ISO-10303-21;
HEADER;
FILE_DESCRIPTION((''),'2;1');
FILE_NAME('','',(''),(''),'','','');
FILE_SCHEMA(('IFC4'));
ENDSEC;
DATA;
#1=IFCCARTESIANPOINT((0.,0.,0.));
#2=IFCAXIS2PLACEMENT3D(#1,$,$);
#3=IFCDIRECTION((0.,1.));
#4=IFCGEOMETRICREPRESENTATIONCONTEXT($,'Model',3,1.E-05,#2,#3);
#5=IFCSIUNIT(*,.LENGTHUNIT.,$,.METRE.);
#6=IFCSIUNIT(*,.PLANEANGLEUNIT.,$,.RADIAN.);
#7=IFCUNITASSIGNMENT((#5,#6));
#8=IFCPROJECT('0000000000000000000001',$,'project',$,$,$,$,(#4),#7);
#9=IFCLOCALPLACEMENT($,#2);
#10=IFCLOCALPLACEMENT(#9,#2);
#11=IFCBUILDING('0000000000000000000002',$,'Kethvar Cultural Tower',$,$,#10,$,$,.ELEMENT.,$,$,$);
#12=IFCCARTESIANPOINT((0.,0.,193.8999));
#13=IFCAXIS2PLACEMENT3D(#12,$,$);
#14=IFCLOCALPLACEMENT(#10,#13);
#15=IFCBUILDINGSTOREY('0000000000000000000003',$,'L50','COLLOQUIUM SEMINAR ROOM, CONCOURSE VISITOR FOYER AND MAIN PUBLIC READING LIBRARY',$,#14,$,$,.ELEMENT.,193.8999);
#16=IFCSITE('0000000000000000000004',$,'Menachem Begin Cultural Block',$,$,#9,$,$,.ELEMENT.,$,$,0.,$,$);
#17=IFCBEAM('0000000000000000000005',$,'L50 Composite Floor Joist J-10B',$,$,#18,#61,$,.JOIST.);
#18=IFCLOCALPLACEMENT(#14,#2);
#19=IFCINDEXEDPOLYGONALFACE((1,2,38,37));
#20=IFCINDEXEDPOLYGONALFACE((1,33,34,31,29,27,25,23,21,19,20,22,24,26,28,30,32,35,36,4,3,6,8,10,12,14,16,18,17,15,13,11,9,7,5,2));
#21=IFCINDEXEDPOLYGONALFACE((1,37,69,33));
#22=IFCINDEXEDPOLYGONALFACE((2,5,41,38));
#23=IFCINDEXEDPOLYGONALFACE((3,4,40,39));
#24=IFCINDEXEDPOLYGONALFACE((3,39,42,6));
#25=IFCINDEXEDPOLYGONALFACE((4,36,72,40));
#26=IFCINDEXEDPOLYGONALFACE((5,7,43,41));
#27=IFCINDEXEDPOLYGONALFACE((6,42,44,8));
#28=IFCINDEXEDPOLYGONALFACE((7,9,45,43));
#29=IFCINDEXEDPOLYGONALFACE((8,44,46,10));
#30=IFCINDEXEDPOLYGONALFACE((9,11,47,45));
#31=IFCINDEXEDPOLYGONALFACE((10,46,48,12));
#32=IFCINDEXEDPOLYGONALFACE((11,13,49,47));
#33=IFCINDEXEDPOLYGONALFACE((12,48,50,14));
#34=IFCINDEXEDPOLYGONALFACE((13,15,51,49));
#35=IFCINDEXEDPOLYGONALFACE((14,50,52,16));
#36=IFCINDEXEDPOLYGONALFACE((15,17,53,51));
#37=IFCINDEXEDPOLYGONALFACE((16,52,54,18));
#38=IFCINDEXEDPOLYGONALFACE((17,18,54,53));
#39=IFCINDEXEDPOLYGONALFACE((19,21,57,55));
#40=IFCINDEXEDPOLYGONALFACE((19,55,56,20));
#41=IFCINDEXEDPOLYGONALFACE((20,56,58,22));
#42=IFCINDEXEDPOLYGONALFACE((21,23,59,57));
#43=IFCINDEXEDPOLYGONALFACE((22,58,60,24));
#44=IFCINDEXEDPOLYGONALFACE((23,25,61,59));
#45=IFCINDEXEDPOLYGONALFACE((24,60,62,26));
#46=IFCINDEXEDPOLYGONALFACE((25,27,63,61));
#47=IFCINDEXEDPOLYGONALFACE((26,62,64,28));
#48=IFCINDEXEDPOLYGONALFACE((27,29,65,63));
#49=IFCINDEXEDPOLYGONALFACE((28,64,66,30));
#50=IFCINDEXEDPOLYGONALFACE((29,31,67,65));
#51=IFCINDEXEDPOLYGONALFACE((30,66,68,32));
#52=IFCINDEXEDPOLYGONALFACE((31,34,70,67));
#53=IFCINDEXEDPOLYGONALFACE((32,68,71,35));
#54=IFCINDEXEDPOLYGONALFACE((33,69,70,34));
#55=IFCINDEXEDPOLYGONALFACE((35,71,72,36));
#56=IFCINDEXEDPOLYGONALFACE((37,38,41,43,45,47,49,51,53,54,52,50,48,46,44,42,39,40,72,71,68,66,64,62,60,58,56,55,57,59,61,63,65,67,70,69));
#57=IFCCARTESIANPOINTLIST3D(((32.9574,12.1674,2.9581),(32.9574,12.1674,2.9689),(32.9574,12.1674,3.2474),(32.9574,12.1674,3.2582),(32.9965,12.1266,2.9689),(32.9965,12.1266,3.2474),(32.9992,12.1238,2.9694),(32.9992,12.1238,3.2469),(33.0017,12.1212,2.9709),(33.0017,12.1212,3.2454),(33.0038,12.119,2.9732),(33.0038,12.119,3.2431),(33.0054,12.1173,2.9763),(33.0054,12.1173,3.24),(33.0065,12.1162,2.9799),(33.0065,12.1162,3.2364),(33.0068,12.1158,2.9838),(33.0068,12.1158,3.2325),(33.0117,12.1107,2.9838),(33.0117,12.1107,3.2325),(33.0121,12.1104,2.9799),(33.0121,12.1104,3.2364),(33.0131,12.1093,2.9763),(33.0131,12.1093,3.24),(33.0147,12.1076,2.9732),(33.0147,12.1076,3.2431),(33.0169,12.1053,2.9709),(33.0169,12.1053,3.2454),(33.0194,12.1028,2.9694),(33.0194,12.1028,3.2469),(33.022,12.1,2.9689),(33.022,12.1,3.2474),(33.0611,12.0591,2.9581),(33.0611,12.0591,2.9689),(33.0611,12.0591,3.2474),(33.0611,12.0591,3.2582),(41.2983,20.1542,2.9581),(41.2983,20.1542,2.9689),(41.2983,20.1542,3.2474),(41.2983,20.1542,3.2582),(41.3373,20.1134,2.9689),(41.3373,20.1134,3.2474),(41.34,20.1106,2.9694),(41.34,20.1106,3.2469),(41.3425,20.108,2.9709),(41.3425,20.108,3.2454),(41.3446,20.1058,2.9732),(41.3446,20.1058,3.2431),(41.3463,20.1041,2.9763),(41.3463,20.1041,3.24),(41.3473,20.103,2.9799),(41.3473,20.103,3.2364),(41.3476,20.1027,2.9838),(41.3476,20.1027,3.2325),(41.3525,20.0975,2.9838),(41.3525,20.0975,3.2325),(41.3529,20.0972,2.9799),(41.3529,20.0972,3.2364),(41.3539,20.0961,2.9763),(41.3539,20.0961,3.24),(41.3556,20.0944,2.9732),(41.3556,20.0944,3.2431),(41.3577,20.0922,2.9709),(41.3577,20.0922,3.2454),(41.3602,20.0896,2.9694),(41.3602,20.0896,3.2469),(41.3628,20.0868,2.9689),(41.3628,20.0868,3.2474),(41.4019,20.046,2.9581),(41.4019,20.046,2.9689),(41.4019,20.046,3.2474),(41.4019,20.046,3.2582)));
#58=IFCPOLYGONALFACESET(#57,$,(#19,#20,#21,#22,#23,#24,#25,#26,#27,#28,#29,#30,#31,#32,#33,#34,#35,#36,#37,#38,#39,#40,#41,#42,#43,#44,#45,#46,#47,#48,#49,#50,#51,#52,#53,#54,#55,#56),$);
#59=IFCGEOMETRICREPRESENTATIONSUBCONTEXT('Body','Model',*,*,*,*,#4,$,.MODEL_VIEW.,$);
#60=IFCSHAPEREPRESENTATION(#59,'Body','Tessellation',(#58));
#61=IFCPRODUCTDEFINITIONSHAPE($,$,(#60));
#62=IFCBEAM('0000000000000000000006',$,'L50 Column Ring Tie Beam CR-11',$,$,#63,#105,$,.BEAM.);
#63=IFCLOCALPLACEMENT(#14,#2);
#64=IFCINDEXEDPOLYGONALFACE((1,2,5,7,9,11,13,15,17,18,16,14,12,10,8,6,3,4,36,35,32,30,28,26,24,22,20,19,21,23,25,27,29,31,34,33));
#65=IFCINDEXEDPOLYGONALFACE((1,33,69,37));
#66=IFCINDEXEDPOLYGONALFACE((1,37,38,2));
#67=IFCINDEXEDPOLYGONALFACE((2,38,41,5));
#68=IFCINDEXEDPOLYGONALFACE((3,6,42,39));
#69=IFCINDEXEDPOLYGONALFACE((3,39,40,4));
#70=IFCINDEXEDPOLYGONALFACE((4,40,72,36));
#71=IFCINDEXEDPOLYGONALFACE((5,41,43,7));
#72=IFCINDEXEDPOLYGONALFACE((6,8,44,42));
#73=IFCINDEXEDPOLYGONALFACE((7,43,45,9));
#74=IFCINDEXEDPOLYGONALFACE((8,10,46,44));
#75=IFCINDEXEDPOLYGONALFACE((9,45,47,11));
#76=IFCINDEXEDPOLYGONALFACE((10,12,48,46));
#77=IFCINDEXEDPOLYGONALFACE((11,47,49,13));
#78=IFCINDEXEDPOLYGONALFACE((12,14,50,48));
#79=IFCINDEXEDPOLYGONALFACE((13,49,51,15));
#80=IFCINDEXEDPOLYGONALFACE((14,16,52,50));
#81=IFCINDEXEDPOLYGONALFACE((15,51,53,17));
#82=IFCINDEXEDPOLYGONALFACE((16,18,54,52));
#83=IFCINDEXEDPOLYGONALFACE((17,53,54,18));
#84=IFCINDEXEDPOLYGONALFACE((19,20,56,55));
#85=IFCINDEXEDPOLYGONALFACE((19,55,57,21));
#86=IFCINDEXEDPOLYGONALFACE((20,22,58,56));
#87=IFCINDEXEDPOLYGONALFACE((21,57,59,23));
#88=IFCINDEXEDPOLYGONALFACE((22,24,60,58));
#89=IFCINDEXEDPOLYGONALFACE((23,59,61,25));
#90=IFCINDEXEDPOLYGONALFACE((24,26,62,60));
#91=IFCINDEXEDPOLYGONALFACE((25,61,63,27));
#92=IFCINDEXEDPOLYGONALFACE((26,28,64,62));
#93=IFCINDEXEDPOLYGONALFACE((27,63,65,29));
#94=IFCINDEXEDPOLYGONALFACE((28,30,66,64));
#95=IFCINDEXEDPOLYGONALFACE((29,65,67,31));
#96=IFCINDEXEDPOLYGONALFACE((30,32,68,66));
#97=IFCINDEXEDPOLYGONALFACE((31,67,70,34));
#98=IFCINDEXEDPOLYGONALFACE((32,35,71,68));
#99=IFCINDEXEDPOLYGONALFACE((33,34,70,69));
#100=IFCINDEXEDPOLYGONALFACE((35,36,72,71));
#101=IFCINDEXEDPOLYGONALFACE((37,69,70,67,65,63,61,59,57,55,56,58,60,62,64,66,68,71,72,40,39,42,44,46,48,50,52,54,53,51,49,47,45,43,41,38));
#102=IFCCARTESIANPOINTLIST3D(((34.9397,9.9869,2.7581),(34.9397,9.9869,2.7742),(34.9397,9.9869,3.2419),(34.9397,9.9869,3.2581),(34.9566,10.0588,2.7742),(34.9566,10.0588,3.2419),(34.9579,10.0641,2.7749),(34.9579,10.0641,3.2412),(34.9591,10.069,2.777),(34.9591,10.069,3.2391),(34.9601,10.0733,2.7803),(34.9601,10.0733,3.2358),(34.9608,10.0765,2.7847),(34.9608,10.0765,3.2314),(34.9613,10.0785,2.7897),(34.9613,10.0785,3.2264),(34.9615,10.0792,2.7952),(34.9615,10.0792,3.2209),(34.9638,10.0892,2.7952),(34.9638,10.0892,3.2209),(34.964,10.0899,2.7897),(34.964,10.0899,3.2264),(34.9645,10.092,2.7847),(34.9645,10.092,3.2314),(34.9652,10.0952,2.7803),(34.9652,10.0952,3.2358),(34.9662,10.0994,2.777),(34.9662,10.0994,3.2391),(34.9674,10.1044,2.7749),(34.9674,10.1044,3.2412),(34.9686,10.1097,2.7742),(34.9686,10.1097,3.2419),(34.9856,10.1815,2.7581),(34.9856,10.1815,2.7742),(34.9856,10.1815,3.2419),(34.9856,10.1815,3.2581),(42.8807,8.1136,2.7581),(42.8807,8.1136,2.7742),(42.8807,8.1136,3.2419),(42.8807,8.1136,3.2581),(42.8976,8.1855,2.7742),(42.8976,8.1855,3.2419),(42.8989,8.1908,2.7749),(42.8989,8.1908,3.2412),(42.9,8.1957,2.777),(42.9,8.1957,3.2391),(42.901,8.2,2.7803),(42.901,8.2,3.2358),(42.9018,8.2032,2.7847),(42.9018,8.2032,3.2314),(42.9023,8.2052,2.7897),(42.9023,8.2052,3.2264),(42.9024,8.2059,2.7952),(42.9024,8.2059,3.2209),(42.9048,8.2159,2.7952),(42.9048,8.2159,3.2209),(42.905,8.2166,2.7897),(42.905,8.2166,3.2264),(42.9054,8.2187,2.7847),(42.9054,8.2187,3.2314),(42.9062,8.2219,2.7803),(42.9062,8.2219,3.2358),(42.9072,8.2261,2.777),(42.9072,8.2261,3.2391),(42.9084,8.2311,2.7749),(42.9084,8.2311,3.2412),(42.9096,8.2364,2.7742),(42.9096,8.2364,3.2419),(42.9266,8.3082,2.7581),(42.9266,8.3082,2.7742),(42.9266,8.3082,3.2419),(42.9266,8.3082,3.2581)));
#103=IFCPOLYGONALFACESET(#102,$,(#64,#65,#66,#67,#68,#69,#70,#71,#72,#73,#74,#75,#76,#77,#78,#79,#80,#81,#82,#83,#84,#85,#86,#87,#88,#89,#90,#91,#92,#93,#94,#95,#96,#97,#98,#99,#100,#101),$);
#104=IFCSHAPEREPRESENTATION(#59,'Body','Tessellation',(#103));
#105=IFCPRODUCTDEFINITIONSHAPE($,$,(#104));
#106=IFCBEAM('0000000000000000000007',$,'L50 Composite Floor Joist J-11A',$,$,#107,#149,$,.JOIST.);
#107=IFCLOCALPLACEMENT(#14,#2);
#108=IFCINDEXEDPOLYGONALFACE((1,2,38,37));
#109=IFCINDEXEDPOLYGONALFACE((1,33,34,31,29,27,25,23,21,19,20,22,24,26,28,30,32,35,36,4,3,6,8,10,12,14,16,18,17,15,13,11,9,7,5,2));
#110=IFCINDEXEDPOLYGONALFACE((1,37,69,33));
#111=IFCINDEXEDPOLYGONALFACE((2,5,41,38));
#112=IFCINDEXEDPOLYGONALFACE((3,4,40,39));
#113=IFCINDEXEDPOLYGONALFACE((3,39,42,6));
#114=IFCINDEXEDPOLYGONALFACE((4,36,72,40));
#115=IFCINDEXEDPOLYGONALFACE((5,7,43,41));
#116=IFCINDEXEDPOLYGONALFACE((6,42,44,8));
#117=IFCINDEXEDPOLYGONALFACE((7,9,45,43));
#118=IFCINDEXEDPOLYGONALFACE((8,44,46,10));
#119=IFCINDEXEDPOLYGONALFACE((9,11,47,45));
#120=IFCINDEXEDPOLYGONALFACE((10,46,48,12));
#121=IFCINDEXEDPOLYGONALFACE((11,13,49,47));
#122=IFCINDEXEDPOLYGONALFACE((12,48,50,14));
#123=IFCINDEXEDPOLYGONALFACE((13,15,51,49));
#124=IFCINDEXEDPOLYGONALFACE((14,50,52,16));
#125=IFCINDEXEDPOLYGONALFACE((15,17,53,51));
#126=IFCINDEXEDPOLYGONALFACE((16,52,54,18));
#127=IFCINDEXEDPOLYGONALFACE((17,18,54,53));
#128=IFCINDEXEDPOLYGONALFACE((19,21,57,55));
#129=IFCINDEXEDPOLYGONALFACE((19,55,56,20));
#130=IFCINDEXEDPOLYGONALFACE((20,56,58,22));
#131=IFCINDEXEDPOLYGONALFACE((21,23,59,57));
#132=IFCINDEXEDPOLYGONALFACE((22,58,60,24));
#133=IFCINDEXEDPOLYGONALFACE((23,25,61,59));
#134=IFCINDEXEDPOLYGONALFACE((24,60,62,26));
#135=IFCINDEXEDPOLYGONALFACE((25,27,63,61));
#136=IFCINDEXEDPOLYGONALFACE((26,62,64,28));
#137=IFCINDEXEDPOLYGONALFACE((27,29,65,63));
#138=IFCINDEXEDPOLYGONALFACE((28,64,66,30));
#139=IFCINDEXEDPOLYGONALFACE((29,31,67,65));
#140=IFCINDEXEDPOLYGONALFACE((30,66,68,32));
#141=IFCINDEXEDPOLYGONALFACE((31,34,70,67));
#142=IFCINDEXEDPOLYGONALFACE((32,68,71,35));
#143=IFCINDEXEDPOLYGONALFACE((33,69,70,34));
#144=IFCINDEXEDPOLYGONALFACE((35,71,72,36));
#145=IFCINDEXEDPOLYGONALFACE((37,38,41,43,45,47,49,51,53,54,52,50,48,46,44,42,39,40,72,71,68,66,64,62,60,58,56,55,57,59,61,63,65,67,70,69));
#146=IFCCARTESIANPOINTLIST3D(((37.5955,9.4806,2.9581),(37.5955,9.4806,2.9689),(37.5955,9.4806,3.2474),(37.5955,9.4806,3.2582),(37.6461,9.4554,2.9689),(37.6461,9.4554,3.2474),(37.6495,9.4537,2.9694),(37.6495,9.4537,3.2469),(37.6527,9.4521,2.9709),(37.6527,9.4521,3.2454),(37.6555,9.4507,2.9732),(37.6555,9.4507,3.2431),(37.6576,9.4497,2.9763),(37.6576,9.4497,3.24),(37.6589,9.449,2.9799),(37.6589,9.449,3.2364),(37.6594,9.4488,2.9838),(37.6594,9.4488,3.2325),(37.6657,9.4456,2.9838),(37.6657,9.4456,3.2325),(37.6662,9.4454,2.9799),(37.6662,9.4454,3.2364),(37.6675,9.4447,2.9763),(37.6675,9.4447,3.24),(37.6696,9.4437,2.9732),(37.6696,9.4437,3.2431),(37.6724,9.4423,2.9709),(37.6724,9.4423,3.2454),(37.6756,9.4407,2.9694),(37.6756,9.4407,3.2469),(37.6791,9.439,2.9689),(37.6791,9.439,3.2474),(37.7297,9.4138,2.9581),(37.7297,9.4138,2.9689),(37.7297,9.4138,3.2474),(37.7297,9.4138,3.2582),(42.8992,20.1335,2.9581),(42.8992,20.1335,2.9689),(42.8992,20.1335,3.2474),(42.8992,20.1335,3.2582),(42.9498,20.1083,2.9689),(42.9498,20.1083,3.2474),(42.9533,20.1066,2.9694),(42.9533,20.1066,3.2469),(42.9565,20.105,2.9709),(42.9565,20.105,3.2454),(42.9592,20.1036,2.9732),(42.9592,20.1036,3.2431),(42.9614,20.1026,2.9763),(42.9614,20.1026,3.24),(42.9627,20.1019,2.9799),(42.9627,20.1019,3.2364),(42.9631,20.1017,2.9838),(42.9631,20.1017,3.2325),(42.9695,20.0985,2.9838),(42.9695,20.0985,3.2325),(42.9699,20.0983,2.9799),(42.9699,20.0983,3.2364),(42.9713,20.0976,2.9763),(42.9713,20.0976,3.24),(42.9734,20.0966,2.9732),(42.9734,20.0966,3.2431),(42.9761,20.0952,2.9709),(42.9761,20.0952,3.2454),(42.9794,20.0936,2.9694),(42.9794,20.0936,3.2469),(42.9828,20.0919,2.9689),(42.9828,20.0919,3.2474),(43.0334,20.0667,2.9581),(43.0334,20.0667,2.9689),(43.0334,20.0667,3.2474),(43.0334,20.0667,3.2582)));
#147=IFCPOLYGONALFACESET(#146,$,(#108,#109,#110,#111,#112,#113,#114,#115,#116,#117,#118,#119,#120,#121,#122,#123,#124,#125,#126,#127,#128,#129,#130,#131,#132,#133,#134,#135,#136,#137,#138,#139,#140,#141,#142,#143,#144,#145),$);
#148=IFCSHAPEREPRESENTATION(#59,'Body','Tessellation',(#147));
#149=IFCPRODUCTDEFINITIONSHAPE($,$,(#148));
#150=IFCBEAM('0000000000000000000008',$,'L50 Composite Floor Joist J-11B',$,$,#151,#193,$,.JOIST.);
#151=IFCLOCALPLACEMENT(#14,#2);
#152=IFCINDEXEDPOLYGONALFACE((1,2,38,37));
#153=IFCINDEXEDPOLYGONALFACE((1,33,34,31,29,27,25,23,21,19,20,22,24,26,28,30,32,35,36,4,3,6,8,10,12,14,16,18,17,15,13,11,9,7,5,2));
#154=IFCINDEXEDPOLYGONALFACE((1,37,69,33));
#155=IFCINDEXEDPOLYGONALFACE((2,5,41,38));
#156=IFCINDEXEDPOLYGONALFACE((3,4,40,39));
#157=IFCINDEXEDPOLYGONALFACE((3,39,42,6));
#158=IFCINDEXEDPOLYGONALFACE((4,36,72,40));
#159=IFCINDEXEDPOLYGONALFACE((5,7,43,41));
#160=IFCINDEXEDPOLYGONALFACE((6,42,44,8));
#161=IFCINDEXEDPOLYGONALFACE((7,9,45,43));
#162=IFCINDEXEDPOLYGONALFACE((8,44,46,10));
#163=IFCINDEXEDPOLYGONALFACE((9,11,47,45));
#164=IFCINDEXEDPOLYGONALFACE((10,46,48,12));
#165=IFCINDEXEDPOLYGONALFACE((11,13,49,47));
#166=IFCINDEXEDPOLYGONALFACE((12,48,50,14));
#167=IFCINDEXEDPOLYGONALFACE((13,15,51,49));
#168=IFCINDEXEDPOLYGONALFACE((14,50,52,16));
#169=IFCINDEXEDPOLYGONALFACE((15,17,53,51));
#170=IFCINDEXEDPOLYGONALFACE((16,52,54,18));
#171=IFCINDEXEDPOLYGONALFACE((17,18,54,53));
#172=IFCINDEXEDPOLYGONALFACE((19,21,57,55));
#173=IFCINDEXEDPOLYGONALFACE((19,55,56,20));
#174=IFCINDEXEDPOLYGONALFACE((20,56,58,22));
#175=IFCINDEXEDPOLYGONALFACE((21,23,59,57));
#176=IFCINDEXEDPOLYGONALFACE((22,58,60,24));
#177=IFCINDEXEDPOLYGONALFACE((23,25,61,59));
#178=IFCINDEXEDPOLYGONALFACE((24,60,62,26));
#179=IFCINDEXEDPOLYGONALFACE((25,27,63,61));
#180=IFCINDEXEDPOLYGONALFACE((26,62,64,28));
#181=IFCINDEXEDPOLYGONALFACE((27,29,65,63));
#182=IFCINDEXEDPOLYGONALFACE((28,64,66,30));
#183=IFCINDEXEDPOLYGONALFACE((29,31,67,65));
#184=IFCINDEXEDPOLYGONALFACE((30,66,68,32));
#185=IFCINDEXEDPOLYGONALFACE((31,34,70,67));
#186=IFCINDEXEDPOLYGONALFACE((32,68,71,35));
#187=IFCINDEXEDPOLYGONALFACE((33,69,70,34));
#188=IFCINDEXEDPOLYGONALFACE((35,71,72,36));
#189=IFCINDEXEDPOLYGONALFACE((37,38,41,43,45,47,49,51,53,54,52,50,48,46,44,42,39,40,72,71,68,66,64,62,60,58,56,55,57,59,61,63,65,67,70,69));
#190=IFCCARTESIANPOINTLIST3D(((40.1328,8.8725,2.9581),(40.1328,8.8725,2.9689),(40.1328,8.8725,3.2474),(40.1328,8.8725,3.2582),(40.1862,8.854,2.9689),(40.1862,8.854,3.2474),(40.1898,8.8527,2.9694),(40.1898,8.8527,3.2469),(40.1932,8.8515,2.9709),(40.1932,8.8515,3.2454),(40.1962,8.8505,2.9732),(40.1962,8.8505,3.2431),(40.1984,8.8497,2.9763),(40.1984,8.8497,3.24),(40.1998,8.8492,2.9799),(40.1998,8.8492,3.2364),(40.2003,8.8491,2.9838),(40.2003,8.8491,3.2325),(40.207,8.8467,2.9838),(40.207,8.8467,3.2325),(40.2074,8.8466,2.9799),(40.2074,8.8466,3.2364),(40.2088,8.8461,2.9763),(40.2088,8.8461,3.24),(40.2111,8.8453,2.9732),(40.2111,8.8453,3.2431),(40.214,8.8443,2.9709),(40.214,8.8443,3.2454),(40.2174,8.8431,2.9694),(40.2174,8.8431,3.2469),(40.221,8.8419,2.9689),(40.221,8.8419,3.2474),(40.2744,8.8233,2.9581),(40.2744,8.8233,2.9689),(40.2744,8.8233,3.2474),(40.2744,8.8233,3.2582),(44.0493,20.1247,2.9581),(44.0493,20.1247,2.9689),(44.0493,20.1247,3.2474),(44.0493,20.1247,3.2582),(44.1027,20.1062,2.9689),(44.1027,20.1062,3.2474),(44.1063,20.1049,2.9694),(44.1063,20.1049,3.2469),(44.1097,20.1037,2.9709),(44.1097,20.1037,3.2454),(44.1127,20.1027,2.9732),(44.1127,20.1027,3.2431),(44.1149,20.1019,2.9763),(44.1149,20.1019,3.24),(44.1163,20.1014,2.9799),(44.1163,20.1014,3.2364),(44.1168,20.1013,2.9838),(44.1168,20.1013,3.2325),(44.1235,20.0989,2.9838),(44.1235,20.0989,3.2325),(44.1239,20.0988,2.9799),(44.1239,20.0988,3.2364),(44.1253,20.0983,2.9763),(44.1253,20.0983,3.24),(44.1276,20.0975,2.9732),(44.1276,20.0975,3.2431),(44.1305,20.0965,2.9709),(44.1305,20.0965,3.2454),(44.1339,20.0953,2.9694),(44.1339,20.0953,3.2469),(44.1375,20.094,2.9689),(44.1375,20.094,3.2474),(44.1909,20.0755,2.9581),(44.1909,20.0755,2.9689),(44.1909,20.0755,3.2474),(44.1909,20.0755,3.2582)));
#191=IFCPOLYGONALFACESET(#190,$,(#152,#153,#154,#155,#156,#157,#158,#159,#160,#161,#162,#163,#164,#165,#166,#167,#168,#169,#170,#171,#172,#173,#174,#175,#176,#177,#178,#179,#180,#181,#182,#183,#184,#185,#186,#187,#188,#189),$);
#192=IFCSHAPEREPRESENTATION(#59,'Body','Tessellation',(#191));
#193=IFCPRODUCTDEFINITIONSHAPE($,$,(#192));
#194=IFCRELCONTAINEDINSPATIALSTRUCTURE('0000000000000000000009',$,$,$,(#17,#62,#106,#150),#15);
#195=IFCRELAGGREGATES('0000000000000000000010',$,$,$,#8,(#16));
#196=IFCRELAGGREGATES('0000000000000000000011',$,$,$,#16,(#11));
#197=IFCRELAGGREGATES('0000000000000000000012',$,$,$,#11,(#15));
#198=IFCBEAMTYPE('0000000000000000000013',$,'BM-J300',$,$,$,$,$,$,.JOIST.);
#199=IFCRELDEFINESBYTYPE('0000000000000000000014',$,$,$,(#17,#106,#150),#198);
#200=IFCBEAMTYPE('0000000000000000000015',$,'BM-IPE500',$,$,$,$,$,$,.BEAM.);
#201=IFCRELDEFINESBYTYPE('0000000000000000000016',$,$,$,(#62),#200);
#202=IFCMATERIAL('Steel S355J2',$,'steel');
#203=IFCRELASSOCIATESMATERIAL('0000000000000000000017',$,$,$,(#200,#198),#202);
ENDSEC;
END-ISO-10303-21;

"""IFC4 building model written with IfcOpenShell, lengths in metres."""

from ifc_helpers import new_model, si_unit, direction, frame, origin, origin_2d, place, context, subcontext, project, spatial, i_section, extrude, source, transform, mapped, material, material_profile, profile_set, type_object, element, save


model = new_model("IFC4")

# Units and contexts
model_context = context("Model", 3, precision=1e-05, world=origin(), true_north=direction((0.0, 1.0)))
body_context = subcontext(model_context, "Body", "Model", "MODEL_VIEW")
ifc_project = project(units=[si_unit("LENGTHUNIT", "METRE"), si_unit("PLANEANGLEUNIT", "RADIAN")], contexts=[model_context])

# Site, building, storey
site_placement = place(None, origin())
site = spatial("IfcSite", under=ifc_project, at=site_placement, Name="Menachem Begin Cultural Block", CompositionType="ELEMENT", RefElevation=0.0)
building_placement = place(site_placement, origin())
building = spatial("IfcBuilding", under=site, at=building_placement, Name="Kethvar Cultural Tower", CompositionType="ELEMENT")
storey_placement = place(building_placement, frame((0.0, 0.0, 193.8999)))
storey = spatial("IfcBuildingStorey", under=building, at=storey_placement, Name="L50", Description="COLLOQUIUM SEMINAR ROOM, CONCOURSE VISITOR FOYER AND MAIN PUBLIC READING LIBRARY", CompositionType="ELEMENT", Elevation=193.8999)

# Beams
ifc_material_1 = material(Name="Steel S355J2", Category="steel")
ifc_material_profile_1 = material_profile(ifc_material_1, i_section(OverallWidth=0.2, OverallDepth=0.5, WebThickness=0.0103, FlangeThickness=0.0161, FilletRadius=0.021, at=origin_2d()), Name="Steel S355J2 — IPE500")
ifc_profile_set_1 = profile_set([ifc_material_profile_1], Name="Steel S355J2 — IPE500")
beam_type_1 = type_object("IfcBeamType", Name="BM-IPE500", PredefinedType="BEAM", material=ifc_profile_set_1)
ifc_material_profile_2 = material_profile(ifc_material_1, i_section(OverallWidth=0.1499, OverallDepth=0.3, WebThickness=0.0071, FlangeThickness=0.0107, FilletRadius=0.0149, at=origin_2d()), Name="Steel S355J2 — IPE300")
ifc_profile_set_2 = profile_set([ifc_material_profile_2], Name="Steel S355J2 — IPE300")
beam_type_2 = type_object("IfcBeamType", Name="BM-J300", PredefinedType="JOIST", material=ifc_profile_set_2)
shared_shape_1 = source(origin(), body_context, "Body", "SweptSolid", [
    extrude(i_section(OverallWidth=0.1499, OverallDepth=0.3, WebThickness=0.0071, FlangeThickness=0.0107, FilletRadius=0.0149, at=origin_2d()), origin(), (0.0, 0.0, 1.0), 11.5481),
])
beam_1_placement = place(storey_placement, frame((41.3501, 20.1001, 3.1082), z_axis=(-0.722268, -0.691613, 0.0), x_axis=(0.691613, -0.722268, 0.0)))
element("IfcBeam", 1, at=beam_1_placement, inside=storey, type_object=beam_type_2, Name="L50 Composite Floor Joist J-10B", PredefinedType="JOIST", context=body_context, shape_type="MappedRepresentation", body=[
    mapped(shared_shape_1, transform((0.0, 0.0, 0.0), scale=1.0)),
])
shared_shape_2 = source(origin(), body_context, "Body", "SweptSolid", [
    extrude(i_section(OverallWidth=0.2, OverallDepth=0.5, WebThickness=0.0103, FlangeThickness=0.0161, FilletRadius=0.021, at=origin_2d()), origin(), (0.0, 0.0, 1.0), 8.1589),
])
beam_2_placement = place(storey_placement, frame((34.9626, 10.0842, 3.0081), z_axis=(0.973285, -0.229601, 0.0), x_axis=(0.229601, 0.973285, 0.0)))
element("IfcBeam", 2, at=beam_2_placement, inside=storey, type_object=beam_type_1, Name="L50 Column Ring Tie Beam CR-11", PredefinedType="BEAM", context=body_context, shape_type="MappedRepresentation", body=[
    mapped(shared_shape_2, transform((0.0, 0.0, 0.0), scale=1.0)),
])
shared_shape_3 = source(origin(), body_context, "Body", "SweptSolid", [
    extrude(i_section(OverallWidth=0.1499, OverallDepth=0.3, WebThickness=0.0071, FlangeThickness=0.0107, FilletRadius=0.0149, at=origin_2d()), origin(), (0.0, 0.0, 1.0), 11.9001),
])
beam_3_placement = place(storey_placement, frame((42.9663, 20.1001, 3.1082), z_axis=(-0.445687, -0.895189, 0.0), x_axis=(0.895189, -0.445687, 0.0)))
element("IfcBeam", 3, at=beam_3_placement, inside=storey, type_object=beam_type_2, Name="L50 Composite Floor Joist J-11A", PredefinedType="JOIST", context=body_context, shape_type="MappedRepresentation", body=[
    mapped(shared_shape_3, transform((0.0, 0.0, 0.0), scale=1.0)),
])
shared_shape_4 = source(origin(), body_context, "Body", "SweptSolid", [
    extrude(i_section(OverallWidth=0.1499, OverallDepth=0.3, WebThickness=0.0071, FlangeThickness=0.0107, FilletRadius=0.0149, at=origin_2d()), origin(), (0.0, 0.0, 1.0), 11.9143),
])
beam_4_placement = place(storey_placement, frame((44.1201, 20.1001, 3.1082), z_axis=(-0.328722, -0.944427, 0.0), x_axis=(0.944427, -0.328722, 0.0)))
element("IfcBeam", 4, at=beam_4_placement, inside=storey, type_object=beam_type_2, Name="L50 Composite Floor Joist J-11B", PredefinedType="JOIST", context=body_context, shape_type="MappedRepresentation", body=[
    mapped(shared_shape_4, transform((0.0, 0.0, 0.0), scale=1.0)),
])

save(model, "model.ifc")
